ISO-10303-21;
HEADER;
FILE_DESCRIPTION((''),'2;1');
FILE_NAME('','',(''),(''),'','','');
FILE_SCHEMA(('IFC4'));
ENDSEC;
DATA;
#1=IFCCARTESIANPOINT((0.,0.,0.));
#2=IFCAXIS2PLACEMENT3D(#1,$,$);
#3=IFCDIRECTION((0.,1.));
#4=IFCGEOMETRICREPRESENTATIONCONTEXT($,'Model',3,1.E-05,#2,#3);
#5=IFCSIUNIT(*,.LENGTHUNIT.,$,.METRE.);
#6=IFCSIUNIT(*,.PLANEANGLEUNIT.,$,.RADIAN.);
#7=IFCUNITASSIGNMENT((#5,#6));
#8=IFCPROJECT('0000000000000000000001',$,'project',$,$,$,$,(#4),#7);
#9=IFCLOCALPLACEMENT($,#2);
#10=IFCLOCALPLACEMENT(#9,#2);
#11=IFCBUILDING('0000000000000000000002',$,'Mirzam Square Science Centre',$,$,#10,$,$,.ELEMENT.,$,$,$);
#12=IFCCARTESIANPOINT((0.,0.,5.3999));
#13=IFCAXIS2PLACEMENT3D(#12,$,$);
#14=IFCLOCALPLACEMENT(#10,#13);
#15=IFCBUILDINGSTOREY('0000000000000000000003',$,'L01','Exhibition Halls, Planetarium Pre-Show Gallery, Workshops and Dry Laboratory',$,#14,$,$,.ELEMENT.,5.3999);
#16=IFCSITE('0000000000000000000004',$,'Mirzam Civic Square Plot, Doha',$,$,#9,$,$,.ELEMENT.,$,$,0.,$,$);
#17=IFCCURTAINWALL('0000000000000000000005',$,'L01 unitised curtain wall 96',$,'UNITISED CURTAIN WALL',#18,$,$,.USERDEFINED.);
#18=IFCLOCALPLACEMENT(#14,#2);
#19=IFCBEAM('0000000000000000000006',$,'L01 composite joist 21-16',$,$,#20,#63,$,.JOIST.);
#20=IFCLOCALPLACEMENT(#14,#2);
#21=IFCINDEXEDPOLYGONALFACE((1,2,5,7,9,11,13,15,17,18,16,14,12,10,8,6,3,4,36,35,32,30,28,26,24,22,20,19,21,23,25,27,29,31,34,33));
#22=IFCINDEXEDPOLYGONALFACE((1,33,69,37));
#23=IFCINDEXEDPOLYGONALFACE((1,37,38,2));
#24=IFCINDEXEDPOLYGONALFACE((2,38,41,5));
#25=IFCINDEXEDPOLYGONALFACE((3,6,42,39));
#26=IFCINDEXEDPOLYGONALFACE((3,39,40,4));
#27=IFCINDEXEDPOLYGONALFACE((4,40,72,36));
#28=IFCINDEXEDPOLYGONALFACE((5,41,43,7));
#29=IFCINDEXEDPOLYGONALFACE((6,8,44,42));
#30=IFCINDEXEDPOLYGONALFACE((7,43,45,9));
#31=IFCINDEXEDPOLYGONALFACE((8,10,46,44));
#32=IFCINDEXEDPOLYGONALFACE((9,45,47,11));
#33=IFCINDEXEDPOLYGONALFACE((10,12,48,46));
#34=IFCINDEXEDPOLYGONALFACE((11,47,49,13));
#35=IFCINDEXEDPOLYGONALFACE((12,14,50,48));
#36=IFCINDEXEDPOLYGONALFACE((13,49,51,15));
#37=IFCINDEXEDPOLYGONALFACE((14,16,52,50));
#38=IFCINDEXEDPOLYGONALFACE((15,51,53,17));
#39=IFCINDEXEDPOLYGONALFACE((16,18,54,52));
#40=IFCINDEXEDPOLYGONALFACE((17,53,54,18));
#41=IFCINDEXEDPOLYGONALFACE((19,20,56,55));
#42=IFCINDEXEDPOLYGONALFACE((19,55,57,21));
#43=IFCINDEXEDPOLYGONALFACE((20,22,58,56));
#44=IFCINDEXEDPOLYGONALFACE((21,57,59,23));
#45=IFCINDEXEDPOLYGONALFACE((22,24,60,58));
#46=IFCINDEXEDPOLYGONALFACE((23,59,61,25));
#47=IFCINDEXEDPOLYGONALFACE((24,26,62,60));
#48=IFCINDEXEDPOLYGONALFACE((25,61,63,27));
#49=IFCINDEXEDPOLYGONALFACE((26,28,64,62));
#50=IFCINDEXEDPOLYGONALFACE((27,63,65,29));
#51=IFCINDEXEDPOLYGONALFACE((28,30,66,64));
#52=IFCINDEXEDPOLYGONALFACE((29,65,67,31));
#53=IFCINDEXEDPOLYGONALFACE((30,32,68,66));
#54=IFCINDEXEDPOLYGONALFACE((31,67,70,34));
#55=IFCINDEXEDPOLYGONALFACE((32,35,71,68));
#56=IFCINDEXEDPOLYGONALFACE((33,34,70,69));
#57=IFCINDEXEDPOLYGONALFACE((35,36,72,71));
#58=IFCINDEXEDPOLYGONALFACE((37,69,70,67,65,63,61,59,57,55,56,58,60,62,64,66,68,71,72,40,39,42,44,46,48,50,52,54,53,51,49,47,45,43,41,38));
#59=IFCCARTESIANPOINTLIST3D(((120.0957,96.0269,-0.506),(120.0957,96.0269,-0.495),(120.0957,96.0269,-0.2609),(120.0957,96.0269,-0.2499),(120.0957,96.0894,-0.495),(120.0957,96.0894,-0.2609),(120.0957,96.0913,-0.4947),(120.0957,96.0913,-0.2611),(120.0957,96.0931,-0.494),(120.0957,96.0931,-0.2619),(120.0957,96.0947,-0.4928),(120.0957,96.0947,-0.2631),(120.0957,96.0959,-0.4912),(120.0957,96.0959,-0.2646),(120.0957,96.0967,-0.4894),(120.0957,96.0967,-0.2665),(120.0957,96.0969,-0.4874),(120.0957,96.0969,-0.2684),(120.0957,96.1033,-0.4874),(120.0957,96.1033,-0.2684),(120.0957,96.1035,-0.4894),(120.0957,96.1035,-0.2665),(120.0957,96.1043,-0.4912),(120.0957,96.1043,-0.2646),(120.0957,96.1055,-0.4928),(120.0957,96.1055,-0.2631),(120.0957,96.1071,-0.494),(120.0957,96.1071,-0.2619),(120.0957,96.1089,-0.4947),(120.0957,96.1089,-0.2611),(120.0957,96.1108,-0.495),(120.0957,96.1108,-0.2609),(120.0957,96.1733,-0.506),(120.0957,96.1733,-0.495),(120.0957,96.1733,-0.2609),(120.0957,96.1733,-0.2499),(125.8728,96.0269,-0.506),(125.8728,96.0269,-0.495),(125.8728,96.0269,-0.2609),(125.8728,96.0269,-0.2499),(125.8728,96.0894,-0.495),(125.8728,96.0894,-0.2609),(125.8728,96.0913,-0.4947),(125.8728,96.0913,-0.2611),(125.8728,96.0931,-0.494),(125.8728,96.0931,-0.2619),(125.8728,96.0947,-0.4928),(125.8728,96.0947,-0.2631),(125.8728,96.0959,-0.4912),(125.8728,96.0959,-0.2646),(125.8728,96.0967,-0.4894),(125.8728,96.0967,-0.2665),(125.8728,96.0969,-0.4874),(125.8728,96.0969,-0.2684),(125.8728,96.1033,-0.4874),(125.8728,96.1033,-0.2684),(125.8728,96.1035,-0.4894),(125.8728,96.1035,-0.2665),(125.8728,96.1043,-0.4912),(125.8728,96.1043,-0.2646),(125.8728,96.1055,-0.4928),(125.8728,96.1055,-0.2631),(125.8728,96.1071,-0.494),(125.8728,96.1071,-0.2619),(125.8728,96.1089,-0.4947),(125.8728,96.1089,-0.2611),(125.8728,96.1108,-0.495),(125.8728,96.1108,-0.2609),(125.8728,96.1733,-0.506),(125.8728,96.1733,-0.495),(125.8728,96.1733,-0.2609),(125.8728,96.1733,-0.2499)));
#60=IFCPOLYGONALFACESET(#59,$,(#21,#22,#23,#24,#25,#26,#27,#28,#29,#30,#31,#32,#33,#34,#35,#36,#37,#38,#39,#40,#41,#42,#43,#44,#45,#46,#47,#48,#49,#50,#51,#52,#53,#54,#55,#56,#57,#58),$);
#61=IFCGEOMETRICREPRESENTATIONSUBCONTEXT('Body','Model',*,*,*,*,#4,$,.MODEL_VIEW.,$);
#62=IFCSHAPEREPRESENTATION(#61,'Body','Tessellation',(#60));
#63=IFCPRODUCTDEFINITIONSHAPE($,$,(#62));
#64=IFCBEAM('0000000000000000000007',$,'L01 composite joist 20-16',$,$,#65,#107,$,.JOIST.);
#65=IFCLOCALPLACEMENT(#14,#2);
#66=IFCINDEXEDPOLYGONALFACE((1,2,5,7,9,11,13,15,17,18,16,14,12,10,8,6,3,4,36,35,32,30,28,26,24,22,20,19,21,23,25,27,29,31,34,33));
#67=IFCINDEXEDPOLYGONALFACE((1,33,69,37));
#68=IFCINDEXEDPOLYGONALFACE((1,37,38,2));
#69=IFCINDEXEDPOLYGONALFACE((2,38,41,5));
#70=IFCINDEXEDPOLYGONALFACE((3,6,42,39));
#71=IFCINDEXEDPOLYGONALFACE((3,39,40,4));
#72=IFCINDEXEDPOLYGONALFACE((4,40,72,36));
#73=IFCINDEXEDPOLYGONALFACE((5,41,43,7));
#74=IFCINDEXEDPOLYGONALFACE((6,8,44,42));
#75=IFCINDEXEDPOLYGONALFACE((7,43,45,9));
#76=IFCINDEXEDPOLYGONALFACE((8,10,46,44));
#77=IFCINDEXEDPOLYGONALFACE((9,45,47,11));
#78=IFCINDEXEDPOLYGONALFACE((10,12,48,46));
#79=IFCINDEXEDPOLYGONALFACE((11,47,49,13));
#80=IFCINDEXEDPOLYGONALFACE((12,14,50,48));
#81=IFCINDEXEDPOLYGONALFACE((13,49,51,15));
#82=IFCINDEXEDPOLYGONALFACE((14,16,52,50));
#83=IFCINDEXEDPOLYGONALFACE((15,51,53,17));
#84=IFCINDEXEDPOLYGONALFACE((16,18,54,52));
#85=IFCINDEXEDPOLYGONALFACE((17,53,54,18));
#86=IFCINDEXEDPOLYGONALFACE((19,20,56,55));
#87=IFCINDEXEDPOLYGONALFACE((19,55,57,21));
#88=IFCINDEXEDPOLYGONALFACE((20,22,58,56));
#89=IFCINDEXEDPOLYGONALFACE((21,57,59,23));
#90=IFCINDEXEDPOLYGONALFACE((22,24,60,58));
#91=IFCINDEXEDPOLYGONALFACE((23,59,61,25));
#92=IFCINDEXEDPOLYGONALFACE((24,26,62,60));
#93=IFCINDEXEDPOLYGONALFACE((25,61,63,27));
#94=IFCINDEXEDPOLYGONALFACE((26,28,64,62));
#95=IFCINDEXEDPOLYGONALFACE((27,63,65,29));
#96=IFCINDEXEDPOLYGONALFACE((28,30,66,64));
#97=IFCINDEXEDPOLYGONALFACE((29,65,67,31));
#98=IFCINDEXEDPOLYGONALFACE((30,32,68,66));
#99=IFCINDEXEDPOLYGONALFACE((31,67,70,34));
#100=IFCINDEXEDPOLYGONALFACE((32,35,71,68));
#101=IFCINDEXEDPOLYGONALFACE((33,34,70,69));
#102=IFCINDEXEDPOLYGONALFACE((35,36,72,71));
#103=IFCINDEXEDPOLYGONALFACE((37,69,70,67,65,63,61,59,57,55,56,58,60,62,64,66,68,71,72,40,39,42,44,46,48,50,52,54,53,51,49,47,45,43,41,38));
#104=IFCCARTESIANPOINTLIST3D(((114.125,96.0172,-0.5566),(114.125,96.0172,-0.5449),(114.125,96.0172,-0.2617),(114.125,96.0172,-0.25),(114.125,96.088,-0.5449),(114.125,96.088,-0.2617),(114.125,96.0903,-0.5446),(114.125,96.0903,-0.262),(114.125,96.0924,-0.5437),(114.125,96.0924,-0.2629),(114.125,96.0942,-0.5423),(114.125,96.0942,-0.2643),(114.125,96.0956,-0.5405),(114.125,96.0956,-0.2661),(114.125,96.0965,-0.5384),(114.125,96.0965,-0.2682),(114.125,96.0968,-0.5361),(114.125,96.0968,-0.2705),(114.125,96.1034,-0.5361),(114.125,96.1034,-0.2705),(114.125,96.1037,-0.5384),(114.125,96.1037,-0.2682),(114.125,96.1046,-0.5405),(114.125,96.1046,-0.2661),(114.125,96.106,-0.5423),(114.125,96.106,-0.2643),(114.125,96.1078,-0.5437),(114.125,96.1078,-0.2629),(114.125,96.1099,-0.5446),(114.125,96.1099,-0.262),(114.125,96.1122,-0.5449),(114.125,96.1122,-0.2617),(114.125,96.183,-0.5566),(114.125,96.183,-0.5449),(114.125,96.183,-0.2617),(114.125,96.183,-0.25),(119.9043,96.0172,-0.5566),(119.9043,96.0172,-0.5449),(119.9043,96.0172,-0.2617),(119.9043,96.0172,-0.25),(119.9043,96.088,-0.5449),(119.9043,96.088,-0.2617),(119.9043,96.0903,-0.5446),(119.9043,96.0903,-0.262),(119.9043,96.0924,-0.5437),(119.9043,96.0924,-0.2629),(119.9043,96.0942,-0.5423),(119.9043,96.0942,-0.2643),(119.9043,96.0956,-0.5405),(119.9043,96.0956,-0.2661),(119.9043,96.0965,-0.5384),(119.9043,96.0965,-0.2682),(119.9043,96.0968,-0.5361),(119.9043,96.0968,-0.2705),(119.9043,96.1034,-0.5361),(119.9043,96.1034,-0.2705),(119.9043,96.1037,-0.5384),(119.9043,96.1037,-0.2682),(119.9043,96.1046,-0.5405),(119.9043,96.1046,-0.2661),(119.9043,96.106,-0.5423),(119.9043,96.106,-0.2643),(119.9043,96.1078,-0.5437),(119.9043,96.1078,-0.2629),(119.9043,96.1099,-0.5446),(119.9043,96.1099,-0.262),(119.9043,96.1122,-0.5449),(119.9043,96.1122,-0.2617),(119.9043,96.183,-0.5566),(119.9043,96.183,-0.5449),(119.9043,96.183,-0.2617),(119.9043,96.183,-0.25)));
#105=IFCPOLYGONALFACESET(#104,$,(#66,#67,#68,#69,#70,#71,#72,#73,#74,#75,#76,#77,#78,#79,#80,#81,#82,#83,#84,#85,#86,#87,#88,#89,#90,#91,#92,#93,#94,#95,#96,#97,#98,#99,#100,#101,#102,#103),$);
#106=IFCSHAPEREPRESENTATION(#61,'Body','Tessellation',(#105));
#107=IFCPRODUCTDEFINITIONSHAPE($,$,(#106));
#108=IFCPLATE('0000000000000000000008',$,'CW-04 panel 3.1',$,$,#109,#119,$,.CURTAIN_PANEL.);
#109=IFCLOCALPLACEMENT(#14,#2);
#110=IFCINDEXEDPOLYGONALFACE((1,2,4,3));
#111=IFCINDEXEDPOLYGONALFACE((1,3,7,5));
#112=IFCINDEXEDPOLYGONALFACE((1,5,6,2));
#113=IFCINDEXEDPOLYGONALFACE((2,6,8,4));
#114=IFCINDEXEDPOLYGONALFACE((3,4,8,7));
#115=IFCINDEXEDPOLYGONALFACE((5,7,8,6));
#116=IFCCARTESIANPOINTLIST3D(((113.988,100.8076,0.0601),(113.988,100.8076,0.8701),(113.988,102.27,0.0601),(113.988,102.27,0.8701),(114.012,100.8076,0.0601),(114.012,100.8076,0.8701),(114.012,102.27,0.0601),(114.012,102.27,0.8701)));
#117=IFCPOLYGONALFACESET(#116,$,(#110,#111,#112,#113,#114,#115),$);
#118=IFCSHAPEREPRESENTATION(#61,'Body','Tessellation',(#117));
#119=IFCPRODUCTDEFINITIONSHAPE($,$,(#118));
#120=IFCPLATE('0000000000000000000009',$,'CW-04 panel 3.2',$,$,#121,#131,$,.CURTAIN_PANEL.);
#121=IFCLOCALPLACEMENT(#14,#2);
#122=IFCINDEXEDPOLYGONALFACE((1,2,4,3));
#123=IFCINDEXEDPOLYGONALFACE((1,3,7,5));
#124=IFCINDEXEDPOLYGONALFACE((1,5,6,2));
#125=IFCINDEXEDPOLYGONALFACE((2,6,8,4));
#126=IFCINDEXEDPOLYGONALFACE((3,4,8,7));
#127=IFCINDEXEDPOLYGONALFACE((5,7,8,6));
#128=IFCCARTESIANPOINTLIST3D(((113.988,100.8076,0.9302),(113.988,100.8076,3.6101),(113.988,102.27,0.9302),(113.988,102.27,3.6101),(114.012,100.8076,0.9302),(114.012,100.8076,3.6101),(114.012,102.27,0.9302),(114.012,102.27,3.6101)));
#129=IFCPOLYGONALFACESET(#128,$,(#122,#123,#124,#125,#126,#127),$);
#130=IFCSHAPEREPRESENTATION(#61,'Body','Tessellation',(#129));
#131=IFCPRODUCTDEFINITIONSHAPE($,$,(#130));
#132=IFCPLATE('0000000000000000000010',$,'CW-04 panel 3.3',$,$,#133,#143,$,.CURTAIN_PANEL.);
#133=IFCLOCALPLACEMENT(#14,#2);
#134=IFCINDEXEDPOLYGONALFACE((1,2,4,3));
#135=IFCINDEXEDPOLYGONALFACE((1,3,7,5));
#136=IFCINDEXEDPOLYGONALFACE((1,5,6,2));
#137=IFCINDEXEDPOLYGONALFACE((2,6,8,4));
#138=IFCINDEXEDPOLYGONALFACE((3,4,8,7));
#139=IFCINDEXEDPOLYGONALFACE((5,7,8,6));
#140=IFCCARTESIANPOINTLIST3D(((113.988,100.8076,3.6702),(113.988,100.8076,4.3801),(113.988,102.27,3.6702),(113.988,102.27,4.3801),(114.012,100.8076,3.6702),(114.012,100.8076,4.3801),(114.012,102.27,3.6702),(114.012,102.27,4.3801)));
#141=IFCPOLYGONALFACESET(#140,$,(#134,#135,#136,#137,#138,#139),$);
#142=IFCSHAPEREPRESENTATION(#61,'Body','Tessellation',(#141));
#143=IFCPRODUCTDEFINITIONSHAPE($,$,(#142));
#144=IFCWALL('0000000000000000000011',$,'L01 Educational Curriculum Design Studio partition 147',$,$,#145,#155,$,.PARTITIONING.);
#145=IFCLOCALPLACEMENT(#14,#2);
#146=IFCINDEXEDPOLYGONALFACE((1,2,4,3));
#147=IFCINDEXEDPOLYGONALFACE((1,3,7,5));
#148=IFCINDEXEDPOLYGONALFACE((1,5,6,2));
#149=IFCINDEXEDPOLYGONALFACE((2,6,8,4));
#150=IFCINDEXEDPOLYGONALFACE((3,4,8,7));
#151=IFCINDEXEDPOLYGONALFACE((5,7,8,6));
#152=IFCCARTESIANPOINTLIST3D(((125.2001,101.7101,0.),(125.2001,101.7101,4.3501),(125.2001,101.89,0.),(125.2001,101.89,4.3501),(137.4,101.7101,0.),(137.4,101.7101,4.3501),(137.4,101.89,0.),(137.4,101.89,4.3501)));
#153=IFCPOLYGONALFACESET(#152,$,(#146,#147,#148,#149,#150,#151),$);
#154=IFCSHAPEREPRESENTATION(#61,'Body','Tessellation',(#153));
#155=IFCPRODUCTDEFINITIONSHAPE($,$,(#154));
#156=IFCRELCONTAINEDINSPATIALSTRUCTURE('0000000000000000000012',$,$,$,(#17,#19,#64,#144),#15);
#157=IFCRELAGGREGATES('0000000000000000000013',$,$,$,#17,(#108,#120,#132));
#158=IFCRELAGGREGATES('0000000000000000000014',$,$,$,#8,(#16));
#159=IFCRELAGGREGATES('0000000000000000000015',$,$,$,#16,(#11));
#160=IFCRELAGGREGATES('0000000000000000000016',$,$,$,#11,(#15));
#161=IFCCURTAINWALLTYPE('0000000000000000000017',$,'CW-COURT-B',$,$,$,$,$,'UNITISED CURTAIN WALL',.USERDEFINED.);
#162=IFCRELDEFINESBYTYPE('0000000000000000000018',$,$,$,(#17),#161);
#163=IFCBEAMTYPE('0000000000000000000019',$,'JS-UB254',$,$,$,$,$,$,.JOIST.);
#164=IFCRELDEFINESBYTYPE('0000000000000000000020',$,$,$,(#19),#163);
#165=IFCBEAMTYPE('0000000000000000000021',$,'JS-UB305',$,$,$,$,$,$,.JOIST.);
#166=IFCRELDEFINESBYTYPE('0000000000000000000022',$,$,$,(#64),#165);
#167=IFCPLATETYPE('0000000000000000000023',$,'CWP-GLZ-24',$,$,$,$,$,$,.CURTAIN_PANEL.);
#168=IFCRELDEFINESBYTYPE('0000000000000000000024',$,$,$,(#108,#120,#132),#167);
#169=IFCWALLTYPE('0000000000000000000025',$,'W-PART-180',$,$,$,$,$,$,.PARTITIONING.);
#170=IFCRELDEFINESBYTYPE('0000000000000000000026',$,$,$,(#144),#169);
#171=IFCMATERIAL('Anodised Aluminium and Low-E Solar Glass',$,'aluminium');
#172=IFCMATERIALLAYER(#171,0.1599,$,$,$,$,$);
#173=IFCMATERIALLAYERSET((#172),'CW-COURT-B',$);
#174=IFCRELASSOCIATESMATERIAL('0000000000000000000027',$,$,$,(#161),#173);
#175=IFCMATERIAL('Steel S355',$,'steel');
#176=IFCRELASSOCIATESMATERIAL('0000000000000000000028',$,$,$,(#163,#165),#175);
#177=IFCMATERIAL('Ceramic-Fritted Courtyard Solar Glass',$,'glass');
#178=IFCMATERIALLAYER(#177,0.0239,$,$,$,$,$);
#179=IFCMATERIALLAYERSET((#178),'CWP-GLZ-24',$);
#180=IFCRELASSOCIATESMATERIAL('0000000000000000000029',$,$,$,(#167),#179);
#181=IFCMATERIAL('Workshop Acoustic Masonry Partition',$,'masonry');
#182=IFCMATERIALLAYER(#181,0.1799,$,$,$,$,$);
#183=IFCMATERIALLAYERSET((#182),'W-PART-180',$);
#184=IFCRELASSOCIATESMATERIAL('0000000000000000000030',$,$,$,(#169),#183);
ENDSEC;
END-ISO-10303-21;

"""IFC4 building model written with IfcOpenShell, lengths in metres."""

from ifc_helpers import new_model, si_unit, direction, frame, frame_2d, origin, origin_2d, place, context, subcontext, project, spatial, rectangle, i_section, extrude, material, layer, layer_set, material_profile, profile_set, type_object, element, aggregate, save


model = new_model("IFC4")

# Units and contexts
model_context = context("Model", 3, precision=1e-05, world=origin(), true_north=direction((0.0, 1.0)))
body_context = subcontext(model_context, "Body", "Model", "MODEL_VIEW")
ifc_project = project(units=[si_unit("LENGTHUNIT", "METRE"), si_unit("PLANEANGLEUNIT", "RADIAN")], contexts=[model_context])

# Site, building, storey
site_placement = place(None, origin())
site = spatial("IfcSite", under=ifc_project, at=site_placement, Name="Mirzam Civic Square Plot, Doha", CompositionType="ELEMENT", RefElevation=0.0)
building_placement = place(site_placement, origin())
building = spatial("IfcBuilding", under=site, at=building_placement, Name="Mirzam Square Science Centre", CompositionType="ELEMENT")
storey_placement = place(building_placement, frame((0.0, 0.0, 5.3999)))
storey = spatial("IfcBuildingStorey", under=building, at=storey_placement, Name="L01", Description="Exhibition Halls, Planetarium Pre-Show Gallery, Workshops and Dry Laboratory", CompositionType="ELEMENT", Elevation=5.3999)

# Shared definitions
ifc_material_1 = material(Name="Steel S355", Category="steel")

# Curtain wall
ifc_material_2 = material(Name="Anodised Aluminium and Low-E Solar Glass", Category="aluminium")
ifc_layer_1 = layer(ifc_material_2, 0.1599)
ifc_layer_set_1 = layer_set([ifc_layer_1], Name="CW-COURT-B")
curtain_wall_type = type_object("IfcCurtainWallType", Name="CW-COURT-B", ElementType="UNITISED CURTAIN WALL", PredefinedType="USERDEFINED", material=ifc_layer_set_1)
curtain_wall_placement = place(storey_placement, origin())
curtain_wall = element("IfcCurtainWall", 1, at=curtain_wall_placement, inside=storey, type_object=curtain_wall_type, Name="L01 unitised curtain wall 96", ObjectType="UNITISED CURTAIN WALL", PredefinedType="USERDEFINED")

# Beams
ifc_material_profile_1 = material_profile(ifc_material_1, i_section(OverallWidth=0.1465, OverallDepth=0.2561, WebThickness=0.0063, FlangeThickness=0.011, FilletRadius=0.0076, at=origin_2d()), Name="254x146x37UB")
ifc_profile_set_1 = profile_set([ifc_material_profile_1], Name="Steel S355")
beam_type_1 = type_object("IfcBeamType", Name="JS-UB254", PredefinedType="JOIST", material=ifc_profile_set_1)
beam_1_placement = place(storey_placement, frame((120.0957, 96.1001, -0.3779), z_axis=(1.0, 0.0, 0.0), x_axis=(0.0, 1.0, 0.0)))
element("IfcBeam", 2, at=beam_1_placement, inside=storey, type_object=beam_type_1, Name="L01 composite joist 21-16", PredefinedType="JOIST", context=body_context, shape_type="SweptSolid", body=[
    extrude(i_section(OverallWidth=0.1465, OverallDepth=0.2561, WebThickness=0.0063, FlangeThickness=0.011, FilletRadius=0.0076, at=origin_2d()), origin(), (0.0, 0.0, 1.0), 5.7771),
])
ifc_material_profile_2 = material_profile(ifc_material_1, i_section(OverallWidth=0.1658, OverallDepth=0.3066, WebThickness=0.0066, FlangeThickness=0.0117, FilletRadius=0.0088, at=origin_2d()), Name="305x165x46UB")
ifc_profile_set_2 = profile_set([ifc_material_profile_2], Name="Steel S355")
beam_type_2 = type_object("IfcBeamType", Name="JS-UB305", PredefinedType="JOIST", material=ifc_profile_set_2)
beam_2_placement = place(storey_placement, frame((114.125, 96.1001, -0.4033), z_axis=(1.0, 0.0, 0.0), x_axis=(0.0, 1.0, 0.0)))
element("IfcBeam", 3, at=beam_2_placement, inside=storey, type_object=beam_type_2, Name="L01 composite joist 20-16", PredefinedType="JOIST", context=body_context, shape_type="SweptSolid", body=[
    extrude(i_section(OverallWidth=0.1658, OverallDepth=0.3066, WebThickness=0.0066, FlangeThickness=0.0117, FilletRadius=0.0088, at=origin_2d()), origin(), (0.0, 0.0, 1.0), 5.7793),
])

# Plates
ifc_material_3 = material(Name="Ceramic-Fritted Courtyard Solar Glass", Category="glass")
ifc_layer_2 = layer(ifc_material_3, 0.0239)
ifc_layer_set_2 = layer_set([ifc_layer_2], Name="CWP-GLZ-24")
plate_type = type_object("IfcPlateType", Name="CWP-GLZ-24", PredefinedType="CURTAIN_PANEL", material=ifc_layer_set_2)
plate_1_placement = place(storey_placement, frame((114.0, 101.5388, 0.0601), z_axis=(0.0, 0.0, 1.0), x_axis=(0.0, -1.0, 0.0)))
plate_1 = element("IfcPlate", 4, at=plate_1_placement, type_object=plate_type, Name="CW-04 panel 3.1", PredefinedType="CURTAIN_PANEL", context=body_context, shape_type="SweptSolid", body=[
    extrude(rectangle(XDim=1.4624, YDim=0.0239, at=origin_2d()), origin(), (0.0, 0.0, 1.0), 0.8101),
])
plate_2_placement = place(storey_placement, frame((114.0, 101.5388, 0.9302), z_axis=(0.0, 0.0, 1.0), x_axis=(0.0, -1.0, 0.0)))
plate_2 = element("IfcPlate", 5, at=plate_2_placement, type_object=plate_type, Name="CW-04 panel 3.2", PredefinedType="CURTAIN_PANEL", context=body_context, shape_type="SweptSolid", body=[
    extrude(rectangle(XDim=1.4624, YDim=0.0239, at=origin_2d()), origin(), (0.0, 0.0, 1.0), 2.6799),
])
plate_3_placement = place(storey_placement, frame((114.0, 101.5388, 3.6702), z_axis=(0.0, 0.0, 1.0), x_axis=(0.0, -1.0, 0.0)))
plate_3 = element("IfcPlate", 6, at=plate_3_placement, type_object=plate_type, Name="CW-04 panel 3.3", PredefinedType="CURTAIN_PANEL", context=body_context, shape_type="SweptSolid", body=[
    extrude(rectangle(XDim=1.4624, YDim=0.0239, at=origin_2d()), origin(), (0.0, 0.0, 1.0), 0.71),
])
aggregate(curtain_wall, [plate_1, plate_2, plate_3])

# Wall
ifc_material_4 = material(Name="Workshop Acoustic Masonry Partition", Category="masonry")
ifc_layer_3 = layer(ifc_material_4, 0.1799)
ifc_layer_set_3 = layer_set([ifc_layer_3], Name="W-PART-180")
wall_type = type_object("IfcWallType", Name="W-PART-180", PredefinedType="PARTITIONING", material=ifc_layer_set_3)
wall_placement = place(storey_placement, frame((125.2, 101.8, 0.0), z_axis=(0.0, 0.0, 1.0), x_axis=(1.0, 0.0, 0.0)))
element("IfcWall", 7, at=wall_placement, inside=storey, type_object=wall_type, Name="L01 Educational Curriculum Design Studio partition 147", PredefinedType="PARTITIONING", context=body_context, shape_type="SweptSolid", body=[
    extrude(rectangle(XDim=12.2, YDim=0.1799, at=frame_2d((6.1001, 0.0))), origin(), (0.0, 0.0, 1.0), 4.3501),
])

save(model, "model.ifc")
